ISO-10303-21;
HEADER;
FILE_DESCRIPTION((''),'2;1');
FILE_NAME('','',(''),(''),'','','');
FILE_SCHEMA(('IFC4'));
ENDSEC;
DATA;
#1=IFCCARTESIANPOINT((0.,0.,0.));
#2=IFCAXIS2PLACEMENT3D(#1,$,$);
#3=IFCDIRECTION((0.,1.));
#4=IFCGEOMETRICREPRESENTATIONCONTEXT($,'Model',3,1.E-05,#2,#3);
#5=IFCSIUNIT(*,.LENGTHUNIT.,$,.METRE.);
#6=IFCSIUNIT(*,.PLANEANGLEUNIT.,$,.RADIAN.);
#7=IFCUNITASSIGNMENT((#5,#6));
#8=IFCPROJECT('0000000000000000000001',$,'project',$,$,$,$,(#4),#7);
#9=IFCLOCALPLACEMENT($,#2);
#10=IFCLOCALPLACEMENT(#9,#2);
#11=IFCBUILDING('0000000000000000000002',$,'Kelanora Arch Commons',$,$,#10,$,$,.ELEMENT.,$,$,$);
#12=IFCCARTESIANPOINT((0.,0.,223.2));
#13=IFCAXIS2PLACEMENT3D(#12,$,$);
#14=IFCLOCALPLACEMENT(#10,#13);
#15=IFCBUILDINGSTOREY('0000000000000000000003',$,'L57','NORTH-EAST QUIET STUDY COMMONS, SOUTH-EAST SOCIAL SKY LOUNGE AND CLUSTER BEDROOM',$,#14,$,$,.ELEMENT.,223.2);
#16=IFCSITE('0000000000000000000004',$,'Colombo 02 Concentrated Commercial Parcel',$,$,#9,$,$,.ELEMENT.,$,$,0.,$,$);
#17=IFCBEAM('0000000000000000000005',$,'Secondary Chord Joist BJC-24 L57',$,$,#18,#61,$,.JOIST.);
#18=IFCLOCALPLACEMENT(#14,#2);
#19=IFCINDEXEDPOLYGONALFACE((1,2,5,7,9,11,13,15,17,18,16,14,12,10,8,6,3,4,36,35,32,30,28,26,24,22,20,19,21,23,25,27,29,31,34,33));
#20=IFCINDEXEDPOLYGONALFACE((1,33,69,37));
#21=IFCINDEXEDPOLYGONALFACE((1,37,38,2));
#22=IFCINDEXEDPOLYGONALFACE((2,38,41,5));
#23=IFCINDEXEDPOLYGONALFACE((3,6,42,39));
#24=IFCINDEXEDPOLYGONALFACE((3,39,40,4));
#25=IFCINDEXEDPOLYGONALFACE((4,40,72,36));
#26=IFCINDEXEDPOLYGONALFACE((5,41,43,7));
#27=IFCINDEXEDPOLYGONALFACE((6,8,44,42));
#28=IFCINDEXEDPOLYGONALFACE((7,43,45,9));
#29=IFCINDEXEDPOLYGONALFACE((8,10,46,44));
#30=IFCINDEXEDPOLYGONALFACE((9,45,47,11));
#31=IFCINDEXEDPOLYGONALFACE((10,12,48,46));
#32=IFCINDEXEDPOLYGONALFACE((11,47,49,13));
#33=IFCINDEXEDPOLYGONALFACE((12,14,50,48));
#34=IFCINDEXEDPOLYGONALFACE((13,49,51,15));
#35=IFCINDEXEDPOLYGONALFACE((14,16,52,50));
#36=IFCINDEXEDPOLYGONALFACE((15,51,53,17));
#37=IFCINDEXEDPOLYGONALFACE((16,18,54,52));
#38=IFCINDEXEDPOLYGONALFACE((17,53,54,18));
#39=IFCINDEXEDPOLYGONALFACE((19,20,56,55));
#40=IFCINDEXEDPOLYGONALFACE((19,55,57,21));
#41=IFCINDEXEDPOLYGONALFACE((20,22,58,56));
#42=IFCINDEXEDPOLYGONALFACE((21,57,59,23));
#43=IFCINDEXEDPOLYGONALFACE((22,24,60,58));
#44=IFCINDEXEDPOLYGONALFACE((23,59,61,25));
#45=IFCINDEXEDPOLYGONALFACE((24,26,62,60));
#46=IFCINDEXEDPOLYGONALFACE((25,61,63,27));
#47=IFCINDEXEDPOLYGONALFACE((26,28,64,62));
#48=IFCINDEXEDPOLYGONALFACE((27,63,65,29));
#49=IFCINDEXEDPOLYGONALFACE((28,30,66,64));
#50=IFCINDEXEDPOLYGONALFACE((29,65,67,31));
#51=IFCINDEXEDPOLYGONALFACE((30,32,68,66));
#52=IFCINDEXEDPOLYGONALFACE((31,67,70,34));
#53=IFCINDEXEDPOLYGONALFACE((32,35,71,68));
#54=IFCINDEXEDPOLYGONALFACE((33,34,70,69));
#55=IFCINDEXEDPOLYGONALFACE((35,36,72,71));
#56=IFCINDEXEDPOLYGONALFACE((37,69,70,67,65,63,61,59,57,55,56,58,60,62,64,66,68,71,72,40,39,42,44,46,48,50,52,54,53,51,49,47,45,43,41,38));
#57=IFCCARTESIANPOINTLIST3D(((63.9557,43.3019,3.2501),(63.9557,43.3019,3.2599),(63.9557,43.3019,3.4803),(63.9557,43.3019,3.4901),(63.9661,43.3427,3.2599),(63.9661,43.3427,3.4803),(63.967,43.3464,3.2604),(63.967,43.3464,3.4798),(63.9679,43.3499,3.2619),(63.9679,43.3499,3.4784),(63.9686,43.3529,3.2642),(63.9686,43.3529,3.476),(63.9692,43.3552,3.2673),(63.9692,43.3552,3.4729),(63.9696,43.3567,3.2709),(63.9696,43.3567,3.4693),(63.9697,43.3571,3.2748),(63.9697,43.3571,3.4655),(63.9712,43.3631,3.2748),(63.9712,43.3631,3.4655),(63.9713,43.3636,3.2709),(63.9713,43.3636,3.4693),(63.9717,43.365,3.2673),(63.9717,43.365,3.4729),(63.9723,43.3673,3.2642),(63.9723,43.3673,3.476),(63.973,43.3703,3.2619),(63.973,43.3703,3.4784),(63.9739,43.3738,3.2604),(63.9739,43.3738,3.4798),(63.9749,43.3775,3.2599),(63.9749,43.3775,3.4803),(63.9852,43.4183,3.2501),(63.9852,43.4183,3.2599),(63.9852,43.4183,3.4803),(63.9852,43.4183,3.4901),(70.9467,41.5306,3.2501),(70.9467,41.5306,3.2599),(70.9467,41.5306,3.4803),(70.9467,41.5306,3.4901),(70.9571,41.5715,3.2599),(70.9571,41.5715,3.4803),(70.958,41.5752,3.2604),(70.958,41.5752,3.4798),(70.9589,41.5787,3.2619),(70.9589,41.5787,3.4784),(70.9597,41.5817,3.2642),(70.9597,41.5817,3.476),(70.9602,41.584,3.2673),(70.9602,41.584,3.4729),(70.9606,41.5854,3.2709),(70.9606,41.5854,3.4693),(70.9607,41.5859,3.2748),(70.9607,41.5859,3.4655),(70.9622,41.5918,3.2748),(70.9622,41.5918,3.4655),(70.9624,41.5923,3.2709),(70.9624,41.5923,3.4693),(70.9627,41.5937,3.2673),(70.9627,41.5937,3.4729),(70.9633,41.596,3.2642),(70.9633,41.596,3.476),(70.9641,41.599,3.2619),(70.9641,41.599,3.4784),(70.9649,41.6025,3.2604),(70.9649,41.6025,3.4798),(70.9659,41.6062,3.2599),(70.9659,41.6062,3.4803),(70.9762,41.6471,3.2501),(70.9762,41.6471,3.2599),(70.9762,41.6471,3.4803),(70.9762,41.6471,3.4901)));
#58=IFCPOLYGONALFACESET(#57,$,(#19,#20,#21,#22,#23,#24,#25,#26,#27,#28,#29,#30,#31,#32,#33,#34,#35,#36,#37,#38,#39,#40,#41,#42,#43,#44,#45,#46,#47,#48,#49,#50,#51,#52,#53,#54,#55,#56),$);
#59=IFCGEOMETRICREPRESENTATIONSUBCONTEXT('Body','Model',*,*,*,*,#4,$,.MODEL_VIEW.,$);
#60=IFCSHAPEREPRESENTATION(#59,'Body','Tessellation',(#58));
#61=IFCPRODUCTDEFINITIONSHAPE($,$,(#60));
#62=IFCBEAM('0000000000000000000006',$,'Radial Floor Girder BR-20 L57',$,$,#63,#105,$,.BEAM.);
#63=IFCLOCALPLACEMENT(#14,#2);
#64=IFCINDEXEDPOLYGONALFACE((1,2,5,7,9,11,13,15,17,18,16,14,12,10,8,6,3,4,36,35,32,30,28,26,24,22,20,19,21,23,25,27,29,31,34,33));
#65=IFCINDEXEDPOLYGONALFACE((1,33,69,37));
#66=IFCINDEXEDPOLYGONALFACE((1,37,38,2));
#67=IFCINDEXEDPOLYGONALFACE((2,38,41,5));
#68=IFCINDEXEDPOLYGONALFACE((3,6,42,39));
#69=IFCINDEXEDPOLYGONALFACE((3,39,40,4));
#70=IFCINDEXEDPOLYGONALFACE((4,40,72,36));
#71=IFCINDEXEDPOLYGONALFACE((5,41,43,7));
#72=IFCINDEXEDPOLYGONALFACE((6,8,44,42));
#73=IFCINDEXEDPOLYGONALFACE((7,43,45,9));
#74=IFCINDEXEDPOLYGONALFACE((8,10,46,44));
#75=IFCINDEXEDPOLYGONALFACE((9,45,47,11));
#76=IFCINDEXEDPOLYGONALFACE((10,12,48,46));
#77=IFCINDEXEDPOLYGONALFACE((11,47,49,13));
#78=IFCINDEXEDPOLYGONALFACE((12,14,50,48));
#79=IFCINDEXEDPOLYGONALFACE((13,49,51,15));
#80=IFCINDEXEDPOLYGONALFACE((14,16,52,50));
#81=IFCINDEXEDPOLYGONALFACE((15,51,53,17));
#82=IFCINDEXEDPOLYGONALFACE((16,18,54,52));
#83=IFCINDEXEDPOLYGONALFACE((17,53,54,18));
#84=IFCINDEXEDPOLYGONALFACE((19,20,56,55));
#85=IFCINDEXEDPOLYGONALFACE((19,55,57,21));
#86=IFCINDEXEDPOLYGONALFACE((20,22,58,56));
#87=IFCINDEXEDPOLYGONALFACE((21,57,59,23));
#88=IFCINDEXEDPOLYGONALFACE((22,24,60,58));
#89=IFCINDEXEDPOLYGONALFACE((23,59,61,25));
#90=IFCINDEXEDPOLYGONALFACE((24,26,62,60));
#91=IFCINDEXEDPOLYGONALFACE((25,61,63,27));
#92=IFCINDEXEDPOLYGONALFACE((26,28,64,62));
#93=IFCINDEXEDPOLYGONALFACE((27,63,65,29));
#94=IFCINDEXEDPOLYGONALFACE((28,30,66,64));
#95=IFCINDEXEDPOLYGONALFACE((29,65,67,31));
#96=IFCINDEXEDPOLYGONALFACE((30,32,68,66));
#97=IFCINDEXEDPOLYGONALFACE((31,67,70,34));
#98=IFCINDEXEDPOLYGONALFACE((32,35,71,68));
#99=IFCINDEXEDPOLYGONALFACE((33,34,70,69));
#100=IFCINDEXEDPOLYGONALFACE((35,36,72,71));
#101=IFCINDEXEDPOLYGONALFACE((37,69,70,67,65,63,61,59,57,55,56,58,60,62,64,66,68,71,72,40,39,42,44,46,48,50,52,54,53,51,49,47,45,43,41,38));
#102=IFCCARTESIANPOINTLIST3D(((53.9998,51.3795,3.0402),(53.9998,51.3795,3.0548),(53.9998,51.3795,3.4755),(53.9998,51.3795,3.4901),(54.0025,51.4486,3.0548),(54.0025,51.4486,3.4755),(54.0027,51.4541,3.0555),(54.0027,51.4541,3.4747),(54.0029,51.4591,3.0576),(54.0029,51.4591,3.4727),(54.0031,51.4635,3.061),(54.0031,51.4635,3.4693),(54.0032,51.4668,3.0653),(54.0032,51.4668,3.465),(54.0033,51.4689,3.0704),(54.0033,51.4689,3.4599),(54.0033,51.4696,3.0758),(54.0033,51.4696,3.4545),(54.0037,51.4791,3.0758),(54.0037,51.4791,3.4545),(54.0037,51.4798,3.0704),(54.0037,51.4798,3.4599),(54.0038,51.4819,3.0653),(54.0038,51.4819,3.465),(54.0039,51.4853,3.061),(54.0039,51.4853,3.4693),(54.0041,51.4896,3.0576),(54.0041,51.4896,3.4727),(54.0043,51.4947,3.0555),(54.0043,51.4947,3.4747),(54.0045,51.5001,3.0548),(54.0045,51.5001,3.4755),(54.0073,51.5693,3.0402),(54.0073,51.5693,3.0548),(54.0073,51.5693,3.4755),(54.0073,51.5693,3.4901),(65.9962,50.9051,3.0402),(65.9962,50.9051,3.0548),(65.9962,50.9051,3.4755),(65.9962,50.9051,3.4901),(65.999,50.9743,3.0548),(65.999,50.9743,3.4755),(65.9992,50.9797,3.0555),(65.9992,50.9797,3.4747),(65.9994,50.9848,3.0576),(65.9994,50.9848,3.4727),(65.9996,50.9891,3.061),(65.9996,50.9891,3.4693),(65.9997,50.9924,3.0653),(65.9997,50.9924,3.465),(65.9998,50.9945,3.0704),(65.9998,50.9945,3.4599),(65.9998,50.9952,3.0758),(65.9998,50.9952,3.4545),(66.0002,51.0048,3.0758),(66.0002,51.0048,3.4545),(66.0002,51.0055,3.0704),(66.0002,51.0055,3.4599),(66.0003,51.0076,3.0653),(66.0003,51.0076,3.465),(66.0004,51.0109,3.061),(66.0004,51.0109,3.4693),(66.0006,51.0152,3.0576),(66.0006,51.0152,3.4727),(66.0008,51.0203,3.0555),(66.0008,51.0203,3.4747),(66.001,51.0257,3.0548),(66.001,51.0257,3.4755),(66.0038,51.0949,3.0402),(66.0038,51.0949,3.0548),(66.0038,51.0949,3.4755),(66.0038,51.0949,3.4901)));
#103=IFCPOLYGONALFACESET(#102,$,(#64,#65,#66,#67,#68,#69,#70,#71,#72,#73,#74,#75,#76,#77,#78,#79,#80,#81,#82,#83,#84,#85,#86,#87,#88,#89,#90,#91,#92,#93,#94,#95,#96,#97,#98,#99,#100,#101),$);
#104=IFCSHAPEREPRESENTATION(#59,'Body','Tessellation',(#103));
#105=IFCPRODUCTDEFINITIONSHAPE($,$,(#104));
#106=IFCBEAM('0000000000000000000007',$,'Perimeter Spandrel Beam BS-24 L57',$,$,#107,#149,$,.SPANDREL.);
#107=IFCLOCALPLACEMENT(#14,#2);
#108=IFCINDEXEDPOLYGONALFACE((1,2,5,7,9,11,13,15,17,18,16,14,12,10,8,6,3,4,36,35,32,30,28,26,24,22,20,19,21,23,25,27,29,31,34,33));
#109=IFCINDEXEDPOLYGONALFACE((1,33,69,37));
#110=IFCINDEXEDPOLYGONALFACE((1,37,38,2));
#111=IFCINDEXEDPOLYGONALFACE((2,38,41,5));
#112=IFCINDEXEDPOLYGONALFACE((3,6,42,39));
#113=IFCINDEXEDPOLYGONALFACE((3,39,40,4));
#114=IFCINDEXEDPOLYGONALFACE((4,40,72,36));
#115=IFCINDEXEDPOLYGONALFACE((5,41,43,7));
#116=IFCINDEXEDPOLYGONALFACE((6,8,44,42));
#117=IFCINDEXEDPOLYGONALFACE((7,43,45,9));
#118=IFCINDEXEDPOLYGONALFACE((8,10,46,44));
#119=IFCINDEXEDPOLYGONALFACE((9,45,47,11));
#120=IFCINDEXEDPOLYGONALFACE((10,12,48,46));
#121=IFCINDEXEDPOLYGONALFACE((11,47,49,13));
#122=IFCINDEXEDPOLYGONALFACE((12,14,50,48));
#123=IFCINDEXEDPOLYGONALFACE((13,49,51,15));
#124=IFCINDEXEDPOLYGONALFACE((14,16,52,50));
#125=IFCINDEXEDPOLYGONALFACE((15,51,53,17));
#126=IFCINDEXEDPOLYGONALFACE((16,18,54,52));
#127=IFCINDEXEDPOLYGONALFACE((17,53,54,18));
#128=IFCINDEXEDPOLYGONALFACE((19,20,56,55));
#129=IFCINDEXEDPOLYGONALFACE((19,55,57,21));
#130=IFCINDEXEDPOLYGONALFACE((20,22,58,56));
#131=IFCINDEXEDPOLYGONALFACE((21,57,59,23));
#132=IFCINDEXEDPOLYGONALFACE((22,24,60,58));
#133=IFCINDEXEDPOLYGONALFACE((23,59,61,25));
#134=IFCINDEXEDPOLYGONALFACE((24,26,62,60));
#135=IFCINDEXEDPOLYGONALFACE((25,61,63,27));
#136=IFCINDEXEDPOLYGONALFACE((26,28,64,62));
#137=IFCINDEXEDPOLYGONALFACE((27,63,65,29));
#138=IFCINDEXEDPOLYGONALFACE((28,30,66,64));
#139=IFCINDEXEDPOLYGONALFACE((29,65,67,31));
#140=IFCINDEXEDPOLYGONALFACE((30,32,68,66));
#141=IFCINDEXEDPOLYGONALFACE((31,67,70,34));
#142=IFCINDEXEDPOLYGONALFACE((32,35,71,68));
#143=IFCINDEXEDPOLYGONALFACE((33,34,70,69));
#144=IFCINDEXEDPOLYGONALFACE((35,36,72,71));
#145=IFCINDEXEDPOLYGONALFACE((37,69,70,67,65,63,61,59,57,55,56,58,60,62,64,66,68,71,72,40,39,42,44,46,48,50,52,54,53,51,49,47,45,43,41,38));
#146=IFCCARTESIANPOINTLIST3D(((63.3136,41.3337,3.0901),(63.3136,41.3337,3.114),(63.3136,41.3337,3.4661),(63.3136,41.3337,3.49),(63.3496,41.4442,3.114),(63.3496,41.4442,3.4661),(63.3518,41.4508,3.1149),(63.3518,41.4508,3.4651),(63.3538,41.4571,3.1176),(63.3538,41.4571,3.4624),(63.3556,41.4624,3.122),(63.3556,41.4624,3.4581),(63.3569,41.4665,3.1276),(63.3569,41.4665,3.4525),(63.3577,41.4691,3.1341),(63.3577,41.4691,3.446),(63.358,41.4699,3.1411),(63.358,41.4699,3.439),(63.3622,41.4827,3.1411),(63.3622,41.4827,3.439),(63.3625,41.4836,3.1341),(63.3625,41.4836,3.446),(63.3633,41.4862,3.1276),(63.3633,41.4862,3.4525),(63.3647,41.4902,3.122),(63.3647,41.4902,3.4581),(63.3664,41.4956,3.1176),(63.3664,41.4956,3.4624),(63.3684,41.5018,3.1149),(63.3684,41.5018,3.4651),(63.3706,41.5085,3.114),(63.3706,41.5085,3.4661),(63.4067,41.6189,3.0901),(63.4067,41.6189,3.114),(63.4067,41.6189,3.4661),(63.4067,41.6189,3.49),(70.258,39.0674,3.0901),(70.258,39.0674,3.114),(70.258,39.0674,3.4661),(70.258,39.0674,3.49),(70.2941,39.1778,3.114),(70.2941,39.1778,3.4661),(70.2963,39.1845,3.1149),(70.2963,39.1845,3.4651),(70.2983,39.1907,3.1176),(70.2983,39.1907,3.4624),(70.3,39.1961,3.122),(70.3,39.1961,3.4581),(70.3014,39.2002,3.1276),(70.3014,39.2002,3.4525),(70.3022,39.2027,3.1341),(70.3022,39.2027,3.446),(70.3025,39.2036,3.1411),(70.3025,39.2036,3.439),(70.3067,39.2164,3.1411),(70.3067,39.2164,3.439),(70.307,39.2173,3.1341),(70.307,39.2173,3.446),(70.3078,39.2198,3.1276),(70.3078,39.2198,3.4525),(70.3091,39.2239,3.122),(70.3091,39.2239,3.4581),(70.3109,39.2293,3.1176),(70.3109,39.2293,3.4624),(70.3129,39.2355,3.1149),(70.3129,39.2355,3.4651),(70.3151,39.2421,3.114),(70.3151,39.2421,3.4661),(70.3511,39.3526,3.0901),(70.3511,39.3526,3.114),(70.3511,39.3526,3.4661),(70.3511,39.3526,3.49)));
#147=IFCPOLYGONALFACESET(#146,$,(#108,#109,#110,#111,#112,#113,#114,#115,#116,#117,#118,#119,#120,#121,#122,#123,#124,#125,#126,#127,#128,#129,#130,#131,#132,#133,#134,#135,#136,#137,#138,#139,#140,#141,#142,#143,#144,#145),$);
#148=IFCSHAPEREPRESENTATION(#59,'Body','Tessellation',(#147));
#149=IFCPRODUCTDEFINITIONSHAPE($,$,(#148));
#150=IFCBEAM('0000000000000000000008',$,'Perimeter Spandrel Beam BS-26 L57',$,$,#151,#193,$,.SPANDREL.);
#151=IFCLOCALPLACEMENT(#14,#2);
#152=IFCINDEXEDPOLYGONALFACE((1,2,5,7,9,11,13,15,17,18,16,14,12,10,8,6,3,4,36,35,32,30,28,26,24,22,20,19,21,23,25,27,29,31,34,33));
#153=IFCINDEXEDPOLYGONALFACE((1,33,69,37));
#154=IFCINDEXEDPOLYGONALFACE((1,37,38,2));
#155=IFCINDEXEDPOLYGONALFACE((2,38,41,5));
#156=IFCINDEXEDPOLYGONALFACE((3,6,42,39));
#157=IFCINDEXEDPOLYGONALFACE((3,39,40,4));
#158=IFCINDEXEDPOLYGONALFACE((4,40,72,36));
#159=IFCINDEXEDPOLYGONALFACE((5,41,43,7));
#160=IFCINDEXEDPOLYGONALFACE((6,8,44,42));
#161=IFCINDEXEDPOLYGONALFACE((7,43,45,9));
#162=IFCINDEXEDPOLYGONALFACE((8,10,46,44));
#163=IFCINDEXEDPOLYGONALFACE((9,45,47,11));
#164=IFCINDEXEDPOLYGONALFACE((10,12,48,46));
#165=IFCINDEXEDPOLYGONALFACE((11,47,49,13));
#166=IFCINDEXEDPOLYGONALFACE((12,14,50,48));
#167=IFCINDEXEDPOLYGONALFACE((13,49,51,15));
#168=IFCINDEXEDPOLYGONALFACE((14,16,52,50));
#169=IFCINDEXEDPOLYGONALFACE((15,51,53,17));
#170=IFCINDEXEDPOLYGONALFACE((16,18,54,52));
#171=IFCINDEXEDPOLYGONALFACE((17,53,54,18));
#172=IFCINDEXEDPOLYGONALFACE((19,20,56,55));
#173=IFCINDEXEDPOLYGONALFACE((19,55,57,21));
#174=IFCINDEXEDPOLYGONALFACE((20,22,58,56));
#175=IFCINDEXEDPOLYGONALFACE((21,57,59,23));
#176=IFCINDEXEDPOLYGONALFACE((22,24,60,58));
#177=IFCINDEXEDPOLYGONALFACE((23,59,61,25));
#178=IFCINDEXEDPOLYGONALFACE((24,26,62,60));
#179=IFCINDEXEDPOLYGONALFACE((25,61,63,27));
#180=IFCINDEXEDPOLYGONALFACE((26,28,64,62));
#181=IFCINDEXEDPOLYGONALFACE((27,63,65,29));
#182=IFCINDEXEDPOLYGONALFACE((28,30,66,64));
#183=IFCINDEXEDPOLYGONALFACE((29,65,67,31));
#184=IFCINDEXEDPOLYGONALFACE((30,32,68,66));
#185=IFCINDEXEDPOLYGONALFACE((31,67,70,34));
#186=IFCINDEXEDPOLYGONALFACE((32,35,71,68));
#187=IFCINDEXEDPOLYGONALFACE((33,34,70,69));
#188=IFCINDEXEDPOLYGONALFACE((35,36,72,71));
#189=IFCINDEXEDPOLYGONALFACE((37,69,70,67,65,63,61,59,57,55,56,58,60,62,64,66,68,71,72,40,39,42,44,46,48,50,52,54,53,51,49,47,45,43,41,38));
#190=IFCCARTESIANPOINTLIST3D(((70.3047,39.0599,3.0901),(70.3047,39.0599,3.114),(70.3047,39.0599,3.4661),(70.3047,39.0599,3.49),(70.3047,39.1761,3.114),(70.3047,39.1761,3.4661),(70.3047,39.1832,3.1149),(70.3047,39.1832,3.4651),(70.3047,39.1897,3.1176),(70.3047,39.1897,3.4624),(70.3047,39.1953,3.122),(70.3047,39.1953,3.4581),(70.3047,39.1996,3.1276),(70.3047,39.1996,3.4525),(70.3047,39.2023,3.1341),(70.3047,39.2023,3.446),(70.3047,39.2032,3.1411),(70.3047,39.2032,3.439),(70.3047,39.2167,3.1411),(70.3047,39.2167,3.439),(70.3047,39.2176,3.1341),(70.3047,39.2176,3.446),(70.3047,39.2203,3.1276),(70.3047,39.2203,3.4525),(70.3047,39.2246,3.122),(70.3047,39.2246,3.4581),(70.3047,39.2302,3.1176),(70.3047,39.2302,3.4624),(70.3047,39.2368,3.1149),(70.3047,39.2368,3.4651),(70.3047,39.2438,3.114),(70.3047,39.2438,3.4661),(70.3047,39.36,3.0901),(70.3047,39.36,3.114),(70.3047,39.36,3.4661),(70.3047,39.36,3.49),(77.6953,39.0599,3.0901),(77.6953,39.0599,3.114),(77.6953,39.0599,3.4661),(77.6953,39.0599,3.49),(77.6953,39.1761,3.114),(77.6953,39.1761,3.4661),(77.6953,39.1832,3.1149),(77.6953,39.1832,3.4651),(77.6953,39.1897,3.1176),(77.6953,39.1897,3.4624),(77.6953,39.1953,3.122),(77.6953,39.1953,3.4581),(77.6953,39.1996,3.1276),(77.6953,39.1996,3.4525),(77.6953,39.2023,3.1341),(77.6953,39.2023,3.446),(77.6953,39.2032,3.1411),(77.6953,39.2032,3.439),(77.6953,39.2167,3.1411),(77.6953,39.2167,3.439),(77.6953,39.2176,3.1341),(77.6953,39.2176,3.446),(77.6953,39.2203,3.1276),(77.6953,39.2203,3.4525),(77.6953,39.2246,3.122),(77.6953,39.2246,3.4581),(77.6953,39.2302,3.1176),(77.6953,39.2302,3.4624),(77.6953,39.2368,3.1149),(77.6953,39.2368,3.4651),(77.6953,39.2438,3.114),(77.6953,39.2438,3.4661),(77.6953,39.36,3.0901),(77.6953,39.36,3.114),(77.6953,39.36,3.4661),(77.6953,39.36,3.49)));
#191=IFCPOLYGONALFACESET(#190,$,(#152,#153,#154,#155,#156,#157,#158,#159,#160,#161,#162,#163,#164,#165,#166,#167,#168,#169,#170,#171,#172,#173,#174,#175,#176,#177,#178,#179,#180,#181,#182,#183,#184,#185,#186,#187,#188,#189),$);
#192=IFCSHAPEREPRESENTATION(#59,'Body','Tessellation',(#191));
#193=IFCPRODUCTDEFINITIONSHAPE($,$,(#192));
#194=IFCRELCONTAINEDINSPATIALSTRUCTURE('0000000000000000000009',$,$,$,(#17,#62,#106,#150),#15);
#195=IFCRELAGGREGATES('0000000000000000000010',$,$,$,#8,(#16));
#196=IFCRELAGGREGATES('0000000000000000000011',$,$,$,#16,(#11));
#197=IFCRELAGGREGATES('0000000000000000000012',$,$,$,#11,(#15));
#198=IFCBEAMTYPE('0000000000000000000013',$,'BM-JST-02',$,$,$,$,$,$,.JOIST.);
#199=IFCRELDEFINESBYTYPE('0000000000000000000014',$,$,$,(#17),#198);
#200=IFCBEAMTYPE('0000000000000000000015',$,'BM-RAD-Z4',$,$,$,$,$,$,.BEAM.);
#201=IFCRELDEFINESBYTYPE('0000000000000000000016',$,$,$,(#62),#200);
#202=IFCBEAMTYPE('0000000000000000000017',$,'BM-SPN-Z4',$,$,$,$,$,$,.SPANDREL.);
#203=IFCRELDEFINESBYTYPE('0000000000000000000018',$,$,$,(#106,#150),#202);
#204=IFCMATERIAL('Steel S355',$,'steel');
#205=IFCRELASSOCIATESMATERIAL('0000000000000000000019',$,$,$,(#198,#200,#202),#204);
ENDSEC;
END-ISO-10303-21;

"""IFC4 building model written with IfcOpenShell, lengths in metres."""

from ifc_helpers import new_model, si_unit, direction, frame, origin, origin_2d, place, context, subcontext, project, spatial, i_section, extrude, material, material_profile, profile_set, type_object, element, save


model = new_model("IFC4")

# Units and contexts
model_context = context("Model", 3, precision=1e-05, world=origin(), true_north=direction((0.0, 1.0)))
body_context = subcontext(model_context, "Body", "Model", "MODEL_VIEW")
ifc_project = project(units=[si_unit("LENGTHUNIT", "METRE"), si_unit("PLANEANGLEUNIT", "RADIAN")], contexts=[model_context])

# Site, building, storey
site_placement = place(None, origin())
site = spatial("IfcSite", under=ifc_project, at=site_placement, Name="Colombo 02 Concentrated Commercial Parcel", CompositionType="ELEMENT", RefElevation=0.0)
building_placement = place(site_placement, origin())
building = spatial("IfcBuilding", under=site, at=building_placement, Name="Kelanora Arch Commons", CompositionType="ELEMENT")
storey_placement = place(building_placement, frame((0.0, 0.0, 223.2)))
storey = spatial("IfcBuildingStorey", under=building, at=storey_placement, Name="L57", Description="NORTH-EAST QUIET STUDY COMMONS, SOUTH-EAST SOCIAL SKY LOUNGE AND CLUSTER BEDROOM", CompositionType="ELEMENT", Elevation=223.2)

# Beams
ifc_material_1 = material(Name="Steel S355", Category="steel")
ifc_material_profile_1 = material_profile(ifc_material_1, i_section(OverallWidth=0.1201, OverallDepth=0.24, WebThickness=0.0061, FlangeThickness=0.0098, FilletRadius=0.0149, at=origin_2d()), Name="IPE240")
ifc_profile_set_1 = profile_set([ifc_material_profile_1], Name="Steel S355")
beam_type_1 = type_object("IfcBeamType", Name="BM-JST-02", PredefinedType="JOIST", material=ifc_profile_set_1)
beam_1_placement = place(storey_placement, frame((63.9705, 43.3601, 3.3701), z_axis=(0.969371, -0.245601, 0.0), x_axis=(0.245601, 0.969371, 0.0)))
element("IfcBeam", 1, at=beam_1_placement, inside=storey, type_object=beam_type_1, Name="Secondary Chord Joist BJC-24 L57", PredefinedType="JOIST", context=body_context, shape_type="SweptSolid", body=[
    extrude(i_section(OverallWidth=0.1201, OverallDepth=0.24, WebThickness=0.0061, FlangeThickness=0.0098, FilletRadius=0.0149, at=origin_2d()), origin(), (0.0, 0.0, 1.0), 7.2119),
])
ifc_material_profile_2 = material_profile(ifc_material_1, i_section(OverallWidth=0.1899, OverallDepth=0.45, WebThickness=0.0095, FlangeThickness=0.0146, FilletRadius=0.021, at=origin_2d()), Name="IPE450")
ifc_profile_set_2 = profile_set([ifc_material_profile_2], Name="Steel S355")
beam_type_2 = type_object("IfcBeamType", Name="BM-RAD-Z4", PredefinedType="BEAM", material=ifc_profile_set_2)
beam_2_placement = place(storey_placement, frame((66.0, 51.0, 3.2651), z_axis=(-0.999219, 0.039511, 0.0), x_axis=(-0.039511, -0.999219, 0.0)))
element("IfcBeam", 2, at=beam_2_placement, inside=storey, type_object=beam_type_2, Name="Radial Floor Girder BR-20 L57", PredefinedType="BEAM", context=body_context, shape_type="SweptSolid", body=[
    extrude(i_section(OverallWidth=0.1899, OverallDepth=0.45, WebThickness=0.0095, FlangeThickness=0.0146, FilletRadius=0.021, at=origin_2d()), origin(), (0.0, 0.0, 1.0), 12.0059),
])
ifc_material_profile_3 = material_profile(ifc_material_1, i_section(OverallWidth=0.3, OverallDepth=0.3999, WebThickness=0.0134, FlangeThickness=0.0239, FilletRadius=0.0271, at=origin_2d()), Name="HEB400")
ifc_profile_set_3 = profile_set([ifc_material_profile_3], Name="Steel S355")
beam_type_3 = type_object("IfcBeamType", Name="BM-SPN-Z4", PredefinedType="SPANDREL", material=ifc_profile_set_3)
beam_3_placement = place(storey_placement, frame((63.3601, 41.4763, 3.29), z_axis=(0.950656, -0.310246, 0.0), x_axis=(0.310246, 0.950656, 0.0)))
element("IfcBeam", 3, at=beam_3_placement, inside=storey, type_object=beam_type_3, Name="Perimeter Spandrel Beam BS-24 L57", PredefinedType="SPANDREL", context=body_context, shape_type="SweptSolid", body=[
    extrude(i_section(OverallWidth=0.3, OverallDepth=0.3999, WebThickness=0.0134, FlangeThickness=0.0239, FilletRadius=0.0271, at=origin_2d()), origin(), (0.0, 0.0, 1.0), 7.3049),
])
beam_4_placement = place(storey_placement, frame((70.3047, 39.21, 3.29), z_axis=(1.0, 0.0, 0.0), x_axis=(0.0, 1.0, 0.0)))
element("IfcBeam", 4, at=beam_4_placement, inside=storey, type_object=beam_type_3, Name="Perimeter Spandrel Beam BS-26 L57", PredefinedType="SPANDREL", context=body_context, shape_type="SweptSolid", body=[
    extrude(i_section(OverallWidth=0.3, OverallDepth=0.3999, WebThickness=0.0134, FlangeThickness=0.0239, FilletRadius=0.0271, at=origin_2d()), origin(), (0.0, 0.0, 1.0), 7.3906),
])

save(model, "model.ifc")
